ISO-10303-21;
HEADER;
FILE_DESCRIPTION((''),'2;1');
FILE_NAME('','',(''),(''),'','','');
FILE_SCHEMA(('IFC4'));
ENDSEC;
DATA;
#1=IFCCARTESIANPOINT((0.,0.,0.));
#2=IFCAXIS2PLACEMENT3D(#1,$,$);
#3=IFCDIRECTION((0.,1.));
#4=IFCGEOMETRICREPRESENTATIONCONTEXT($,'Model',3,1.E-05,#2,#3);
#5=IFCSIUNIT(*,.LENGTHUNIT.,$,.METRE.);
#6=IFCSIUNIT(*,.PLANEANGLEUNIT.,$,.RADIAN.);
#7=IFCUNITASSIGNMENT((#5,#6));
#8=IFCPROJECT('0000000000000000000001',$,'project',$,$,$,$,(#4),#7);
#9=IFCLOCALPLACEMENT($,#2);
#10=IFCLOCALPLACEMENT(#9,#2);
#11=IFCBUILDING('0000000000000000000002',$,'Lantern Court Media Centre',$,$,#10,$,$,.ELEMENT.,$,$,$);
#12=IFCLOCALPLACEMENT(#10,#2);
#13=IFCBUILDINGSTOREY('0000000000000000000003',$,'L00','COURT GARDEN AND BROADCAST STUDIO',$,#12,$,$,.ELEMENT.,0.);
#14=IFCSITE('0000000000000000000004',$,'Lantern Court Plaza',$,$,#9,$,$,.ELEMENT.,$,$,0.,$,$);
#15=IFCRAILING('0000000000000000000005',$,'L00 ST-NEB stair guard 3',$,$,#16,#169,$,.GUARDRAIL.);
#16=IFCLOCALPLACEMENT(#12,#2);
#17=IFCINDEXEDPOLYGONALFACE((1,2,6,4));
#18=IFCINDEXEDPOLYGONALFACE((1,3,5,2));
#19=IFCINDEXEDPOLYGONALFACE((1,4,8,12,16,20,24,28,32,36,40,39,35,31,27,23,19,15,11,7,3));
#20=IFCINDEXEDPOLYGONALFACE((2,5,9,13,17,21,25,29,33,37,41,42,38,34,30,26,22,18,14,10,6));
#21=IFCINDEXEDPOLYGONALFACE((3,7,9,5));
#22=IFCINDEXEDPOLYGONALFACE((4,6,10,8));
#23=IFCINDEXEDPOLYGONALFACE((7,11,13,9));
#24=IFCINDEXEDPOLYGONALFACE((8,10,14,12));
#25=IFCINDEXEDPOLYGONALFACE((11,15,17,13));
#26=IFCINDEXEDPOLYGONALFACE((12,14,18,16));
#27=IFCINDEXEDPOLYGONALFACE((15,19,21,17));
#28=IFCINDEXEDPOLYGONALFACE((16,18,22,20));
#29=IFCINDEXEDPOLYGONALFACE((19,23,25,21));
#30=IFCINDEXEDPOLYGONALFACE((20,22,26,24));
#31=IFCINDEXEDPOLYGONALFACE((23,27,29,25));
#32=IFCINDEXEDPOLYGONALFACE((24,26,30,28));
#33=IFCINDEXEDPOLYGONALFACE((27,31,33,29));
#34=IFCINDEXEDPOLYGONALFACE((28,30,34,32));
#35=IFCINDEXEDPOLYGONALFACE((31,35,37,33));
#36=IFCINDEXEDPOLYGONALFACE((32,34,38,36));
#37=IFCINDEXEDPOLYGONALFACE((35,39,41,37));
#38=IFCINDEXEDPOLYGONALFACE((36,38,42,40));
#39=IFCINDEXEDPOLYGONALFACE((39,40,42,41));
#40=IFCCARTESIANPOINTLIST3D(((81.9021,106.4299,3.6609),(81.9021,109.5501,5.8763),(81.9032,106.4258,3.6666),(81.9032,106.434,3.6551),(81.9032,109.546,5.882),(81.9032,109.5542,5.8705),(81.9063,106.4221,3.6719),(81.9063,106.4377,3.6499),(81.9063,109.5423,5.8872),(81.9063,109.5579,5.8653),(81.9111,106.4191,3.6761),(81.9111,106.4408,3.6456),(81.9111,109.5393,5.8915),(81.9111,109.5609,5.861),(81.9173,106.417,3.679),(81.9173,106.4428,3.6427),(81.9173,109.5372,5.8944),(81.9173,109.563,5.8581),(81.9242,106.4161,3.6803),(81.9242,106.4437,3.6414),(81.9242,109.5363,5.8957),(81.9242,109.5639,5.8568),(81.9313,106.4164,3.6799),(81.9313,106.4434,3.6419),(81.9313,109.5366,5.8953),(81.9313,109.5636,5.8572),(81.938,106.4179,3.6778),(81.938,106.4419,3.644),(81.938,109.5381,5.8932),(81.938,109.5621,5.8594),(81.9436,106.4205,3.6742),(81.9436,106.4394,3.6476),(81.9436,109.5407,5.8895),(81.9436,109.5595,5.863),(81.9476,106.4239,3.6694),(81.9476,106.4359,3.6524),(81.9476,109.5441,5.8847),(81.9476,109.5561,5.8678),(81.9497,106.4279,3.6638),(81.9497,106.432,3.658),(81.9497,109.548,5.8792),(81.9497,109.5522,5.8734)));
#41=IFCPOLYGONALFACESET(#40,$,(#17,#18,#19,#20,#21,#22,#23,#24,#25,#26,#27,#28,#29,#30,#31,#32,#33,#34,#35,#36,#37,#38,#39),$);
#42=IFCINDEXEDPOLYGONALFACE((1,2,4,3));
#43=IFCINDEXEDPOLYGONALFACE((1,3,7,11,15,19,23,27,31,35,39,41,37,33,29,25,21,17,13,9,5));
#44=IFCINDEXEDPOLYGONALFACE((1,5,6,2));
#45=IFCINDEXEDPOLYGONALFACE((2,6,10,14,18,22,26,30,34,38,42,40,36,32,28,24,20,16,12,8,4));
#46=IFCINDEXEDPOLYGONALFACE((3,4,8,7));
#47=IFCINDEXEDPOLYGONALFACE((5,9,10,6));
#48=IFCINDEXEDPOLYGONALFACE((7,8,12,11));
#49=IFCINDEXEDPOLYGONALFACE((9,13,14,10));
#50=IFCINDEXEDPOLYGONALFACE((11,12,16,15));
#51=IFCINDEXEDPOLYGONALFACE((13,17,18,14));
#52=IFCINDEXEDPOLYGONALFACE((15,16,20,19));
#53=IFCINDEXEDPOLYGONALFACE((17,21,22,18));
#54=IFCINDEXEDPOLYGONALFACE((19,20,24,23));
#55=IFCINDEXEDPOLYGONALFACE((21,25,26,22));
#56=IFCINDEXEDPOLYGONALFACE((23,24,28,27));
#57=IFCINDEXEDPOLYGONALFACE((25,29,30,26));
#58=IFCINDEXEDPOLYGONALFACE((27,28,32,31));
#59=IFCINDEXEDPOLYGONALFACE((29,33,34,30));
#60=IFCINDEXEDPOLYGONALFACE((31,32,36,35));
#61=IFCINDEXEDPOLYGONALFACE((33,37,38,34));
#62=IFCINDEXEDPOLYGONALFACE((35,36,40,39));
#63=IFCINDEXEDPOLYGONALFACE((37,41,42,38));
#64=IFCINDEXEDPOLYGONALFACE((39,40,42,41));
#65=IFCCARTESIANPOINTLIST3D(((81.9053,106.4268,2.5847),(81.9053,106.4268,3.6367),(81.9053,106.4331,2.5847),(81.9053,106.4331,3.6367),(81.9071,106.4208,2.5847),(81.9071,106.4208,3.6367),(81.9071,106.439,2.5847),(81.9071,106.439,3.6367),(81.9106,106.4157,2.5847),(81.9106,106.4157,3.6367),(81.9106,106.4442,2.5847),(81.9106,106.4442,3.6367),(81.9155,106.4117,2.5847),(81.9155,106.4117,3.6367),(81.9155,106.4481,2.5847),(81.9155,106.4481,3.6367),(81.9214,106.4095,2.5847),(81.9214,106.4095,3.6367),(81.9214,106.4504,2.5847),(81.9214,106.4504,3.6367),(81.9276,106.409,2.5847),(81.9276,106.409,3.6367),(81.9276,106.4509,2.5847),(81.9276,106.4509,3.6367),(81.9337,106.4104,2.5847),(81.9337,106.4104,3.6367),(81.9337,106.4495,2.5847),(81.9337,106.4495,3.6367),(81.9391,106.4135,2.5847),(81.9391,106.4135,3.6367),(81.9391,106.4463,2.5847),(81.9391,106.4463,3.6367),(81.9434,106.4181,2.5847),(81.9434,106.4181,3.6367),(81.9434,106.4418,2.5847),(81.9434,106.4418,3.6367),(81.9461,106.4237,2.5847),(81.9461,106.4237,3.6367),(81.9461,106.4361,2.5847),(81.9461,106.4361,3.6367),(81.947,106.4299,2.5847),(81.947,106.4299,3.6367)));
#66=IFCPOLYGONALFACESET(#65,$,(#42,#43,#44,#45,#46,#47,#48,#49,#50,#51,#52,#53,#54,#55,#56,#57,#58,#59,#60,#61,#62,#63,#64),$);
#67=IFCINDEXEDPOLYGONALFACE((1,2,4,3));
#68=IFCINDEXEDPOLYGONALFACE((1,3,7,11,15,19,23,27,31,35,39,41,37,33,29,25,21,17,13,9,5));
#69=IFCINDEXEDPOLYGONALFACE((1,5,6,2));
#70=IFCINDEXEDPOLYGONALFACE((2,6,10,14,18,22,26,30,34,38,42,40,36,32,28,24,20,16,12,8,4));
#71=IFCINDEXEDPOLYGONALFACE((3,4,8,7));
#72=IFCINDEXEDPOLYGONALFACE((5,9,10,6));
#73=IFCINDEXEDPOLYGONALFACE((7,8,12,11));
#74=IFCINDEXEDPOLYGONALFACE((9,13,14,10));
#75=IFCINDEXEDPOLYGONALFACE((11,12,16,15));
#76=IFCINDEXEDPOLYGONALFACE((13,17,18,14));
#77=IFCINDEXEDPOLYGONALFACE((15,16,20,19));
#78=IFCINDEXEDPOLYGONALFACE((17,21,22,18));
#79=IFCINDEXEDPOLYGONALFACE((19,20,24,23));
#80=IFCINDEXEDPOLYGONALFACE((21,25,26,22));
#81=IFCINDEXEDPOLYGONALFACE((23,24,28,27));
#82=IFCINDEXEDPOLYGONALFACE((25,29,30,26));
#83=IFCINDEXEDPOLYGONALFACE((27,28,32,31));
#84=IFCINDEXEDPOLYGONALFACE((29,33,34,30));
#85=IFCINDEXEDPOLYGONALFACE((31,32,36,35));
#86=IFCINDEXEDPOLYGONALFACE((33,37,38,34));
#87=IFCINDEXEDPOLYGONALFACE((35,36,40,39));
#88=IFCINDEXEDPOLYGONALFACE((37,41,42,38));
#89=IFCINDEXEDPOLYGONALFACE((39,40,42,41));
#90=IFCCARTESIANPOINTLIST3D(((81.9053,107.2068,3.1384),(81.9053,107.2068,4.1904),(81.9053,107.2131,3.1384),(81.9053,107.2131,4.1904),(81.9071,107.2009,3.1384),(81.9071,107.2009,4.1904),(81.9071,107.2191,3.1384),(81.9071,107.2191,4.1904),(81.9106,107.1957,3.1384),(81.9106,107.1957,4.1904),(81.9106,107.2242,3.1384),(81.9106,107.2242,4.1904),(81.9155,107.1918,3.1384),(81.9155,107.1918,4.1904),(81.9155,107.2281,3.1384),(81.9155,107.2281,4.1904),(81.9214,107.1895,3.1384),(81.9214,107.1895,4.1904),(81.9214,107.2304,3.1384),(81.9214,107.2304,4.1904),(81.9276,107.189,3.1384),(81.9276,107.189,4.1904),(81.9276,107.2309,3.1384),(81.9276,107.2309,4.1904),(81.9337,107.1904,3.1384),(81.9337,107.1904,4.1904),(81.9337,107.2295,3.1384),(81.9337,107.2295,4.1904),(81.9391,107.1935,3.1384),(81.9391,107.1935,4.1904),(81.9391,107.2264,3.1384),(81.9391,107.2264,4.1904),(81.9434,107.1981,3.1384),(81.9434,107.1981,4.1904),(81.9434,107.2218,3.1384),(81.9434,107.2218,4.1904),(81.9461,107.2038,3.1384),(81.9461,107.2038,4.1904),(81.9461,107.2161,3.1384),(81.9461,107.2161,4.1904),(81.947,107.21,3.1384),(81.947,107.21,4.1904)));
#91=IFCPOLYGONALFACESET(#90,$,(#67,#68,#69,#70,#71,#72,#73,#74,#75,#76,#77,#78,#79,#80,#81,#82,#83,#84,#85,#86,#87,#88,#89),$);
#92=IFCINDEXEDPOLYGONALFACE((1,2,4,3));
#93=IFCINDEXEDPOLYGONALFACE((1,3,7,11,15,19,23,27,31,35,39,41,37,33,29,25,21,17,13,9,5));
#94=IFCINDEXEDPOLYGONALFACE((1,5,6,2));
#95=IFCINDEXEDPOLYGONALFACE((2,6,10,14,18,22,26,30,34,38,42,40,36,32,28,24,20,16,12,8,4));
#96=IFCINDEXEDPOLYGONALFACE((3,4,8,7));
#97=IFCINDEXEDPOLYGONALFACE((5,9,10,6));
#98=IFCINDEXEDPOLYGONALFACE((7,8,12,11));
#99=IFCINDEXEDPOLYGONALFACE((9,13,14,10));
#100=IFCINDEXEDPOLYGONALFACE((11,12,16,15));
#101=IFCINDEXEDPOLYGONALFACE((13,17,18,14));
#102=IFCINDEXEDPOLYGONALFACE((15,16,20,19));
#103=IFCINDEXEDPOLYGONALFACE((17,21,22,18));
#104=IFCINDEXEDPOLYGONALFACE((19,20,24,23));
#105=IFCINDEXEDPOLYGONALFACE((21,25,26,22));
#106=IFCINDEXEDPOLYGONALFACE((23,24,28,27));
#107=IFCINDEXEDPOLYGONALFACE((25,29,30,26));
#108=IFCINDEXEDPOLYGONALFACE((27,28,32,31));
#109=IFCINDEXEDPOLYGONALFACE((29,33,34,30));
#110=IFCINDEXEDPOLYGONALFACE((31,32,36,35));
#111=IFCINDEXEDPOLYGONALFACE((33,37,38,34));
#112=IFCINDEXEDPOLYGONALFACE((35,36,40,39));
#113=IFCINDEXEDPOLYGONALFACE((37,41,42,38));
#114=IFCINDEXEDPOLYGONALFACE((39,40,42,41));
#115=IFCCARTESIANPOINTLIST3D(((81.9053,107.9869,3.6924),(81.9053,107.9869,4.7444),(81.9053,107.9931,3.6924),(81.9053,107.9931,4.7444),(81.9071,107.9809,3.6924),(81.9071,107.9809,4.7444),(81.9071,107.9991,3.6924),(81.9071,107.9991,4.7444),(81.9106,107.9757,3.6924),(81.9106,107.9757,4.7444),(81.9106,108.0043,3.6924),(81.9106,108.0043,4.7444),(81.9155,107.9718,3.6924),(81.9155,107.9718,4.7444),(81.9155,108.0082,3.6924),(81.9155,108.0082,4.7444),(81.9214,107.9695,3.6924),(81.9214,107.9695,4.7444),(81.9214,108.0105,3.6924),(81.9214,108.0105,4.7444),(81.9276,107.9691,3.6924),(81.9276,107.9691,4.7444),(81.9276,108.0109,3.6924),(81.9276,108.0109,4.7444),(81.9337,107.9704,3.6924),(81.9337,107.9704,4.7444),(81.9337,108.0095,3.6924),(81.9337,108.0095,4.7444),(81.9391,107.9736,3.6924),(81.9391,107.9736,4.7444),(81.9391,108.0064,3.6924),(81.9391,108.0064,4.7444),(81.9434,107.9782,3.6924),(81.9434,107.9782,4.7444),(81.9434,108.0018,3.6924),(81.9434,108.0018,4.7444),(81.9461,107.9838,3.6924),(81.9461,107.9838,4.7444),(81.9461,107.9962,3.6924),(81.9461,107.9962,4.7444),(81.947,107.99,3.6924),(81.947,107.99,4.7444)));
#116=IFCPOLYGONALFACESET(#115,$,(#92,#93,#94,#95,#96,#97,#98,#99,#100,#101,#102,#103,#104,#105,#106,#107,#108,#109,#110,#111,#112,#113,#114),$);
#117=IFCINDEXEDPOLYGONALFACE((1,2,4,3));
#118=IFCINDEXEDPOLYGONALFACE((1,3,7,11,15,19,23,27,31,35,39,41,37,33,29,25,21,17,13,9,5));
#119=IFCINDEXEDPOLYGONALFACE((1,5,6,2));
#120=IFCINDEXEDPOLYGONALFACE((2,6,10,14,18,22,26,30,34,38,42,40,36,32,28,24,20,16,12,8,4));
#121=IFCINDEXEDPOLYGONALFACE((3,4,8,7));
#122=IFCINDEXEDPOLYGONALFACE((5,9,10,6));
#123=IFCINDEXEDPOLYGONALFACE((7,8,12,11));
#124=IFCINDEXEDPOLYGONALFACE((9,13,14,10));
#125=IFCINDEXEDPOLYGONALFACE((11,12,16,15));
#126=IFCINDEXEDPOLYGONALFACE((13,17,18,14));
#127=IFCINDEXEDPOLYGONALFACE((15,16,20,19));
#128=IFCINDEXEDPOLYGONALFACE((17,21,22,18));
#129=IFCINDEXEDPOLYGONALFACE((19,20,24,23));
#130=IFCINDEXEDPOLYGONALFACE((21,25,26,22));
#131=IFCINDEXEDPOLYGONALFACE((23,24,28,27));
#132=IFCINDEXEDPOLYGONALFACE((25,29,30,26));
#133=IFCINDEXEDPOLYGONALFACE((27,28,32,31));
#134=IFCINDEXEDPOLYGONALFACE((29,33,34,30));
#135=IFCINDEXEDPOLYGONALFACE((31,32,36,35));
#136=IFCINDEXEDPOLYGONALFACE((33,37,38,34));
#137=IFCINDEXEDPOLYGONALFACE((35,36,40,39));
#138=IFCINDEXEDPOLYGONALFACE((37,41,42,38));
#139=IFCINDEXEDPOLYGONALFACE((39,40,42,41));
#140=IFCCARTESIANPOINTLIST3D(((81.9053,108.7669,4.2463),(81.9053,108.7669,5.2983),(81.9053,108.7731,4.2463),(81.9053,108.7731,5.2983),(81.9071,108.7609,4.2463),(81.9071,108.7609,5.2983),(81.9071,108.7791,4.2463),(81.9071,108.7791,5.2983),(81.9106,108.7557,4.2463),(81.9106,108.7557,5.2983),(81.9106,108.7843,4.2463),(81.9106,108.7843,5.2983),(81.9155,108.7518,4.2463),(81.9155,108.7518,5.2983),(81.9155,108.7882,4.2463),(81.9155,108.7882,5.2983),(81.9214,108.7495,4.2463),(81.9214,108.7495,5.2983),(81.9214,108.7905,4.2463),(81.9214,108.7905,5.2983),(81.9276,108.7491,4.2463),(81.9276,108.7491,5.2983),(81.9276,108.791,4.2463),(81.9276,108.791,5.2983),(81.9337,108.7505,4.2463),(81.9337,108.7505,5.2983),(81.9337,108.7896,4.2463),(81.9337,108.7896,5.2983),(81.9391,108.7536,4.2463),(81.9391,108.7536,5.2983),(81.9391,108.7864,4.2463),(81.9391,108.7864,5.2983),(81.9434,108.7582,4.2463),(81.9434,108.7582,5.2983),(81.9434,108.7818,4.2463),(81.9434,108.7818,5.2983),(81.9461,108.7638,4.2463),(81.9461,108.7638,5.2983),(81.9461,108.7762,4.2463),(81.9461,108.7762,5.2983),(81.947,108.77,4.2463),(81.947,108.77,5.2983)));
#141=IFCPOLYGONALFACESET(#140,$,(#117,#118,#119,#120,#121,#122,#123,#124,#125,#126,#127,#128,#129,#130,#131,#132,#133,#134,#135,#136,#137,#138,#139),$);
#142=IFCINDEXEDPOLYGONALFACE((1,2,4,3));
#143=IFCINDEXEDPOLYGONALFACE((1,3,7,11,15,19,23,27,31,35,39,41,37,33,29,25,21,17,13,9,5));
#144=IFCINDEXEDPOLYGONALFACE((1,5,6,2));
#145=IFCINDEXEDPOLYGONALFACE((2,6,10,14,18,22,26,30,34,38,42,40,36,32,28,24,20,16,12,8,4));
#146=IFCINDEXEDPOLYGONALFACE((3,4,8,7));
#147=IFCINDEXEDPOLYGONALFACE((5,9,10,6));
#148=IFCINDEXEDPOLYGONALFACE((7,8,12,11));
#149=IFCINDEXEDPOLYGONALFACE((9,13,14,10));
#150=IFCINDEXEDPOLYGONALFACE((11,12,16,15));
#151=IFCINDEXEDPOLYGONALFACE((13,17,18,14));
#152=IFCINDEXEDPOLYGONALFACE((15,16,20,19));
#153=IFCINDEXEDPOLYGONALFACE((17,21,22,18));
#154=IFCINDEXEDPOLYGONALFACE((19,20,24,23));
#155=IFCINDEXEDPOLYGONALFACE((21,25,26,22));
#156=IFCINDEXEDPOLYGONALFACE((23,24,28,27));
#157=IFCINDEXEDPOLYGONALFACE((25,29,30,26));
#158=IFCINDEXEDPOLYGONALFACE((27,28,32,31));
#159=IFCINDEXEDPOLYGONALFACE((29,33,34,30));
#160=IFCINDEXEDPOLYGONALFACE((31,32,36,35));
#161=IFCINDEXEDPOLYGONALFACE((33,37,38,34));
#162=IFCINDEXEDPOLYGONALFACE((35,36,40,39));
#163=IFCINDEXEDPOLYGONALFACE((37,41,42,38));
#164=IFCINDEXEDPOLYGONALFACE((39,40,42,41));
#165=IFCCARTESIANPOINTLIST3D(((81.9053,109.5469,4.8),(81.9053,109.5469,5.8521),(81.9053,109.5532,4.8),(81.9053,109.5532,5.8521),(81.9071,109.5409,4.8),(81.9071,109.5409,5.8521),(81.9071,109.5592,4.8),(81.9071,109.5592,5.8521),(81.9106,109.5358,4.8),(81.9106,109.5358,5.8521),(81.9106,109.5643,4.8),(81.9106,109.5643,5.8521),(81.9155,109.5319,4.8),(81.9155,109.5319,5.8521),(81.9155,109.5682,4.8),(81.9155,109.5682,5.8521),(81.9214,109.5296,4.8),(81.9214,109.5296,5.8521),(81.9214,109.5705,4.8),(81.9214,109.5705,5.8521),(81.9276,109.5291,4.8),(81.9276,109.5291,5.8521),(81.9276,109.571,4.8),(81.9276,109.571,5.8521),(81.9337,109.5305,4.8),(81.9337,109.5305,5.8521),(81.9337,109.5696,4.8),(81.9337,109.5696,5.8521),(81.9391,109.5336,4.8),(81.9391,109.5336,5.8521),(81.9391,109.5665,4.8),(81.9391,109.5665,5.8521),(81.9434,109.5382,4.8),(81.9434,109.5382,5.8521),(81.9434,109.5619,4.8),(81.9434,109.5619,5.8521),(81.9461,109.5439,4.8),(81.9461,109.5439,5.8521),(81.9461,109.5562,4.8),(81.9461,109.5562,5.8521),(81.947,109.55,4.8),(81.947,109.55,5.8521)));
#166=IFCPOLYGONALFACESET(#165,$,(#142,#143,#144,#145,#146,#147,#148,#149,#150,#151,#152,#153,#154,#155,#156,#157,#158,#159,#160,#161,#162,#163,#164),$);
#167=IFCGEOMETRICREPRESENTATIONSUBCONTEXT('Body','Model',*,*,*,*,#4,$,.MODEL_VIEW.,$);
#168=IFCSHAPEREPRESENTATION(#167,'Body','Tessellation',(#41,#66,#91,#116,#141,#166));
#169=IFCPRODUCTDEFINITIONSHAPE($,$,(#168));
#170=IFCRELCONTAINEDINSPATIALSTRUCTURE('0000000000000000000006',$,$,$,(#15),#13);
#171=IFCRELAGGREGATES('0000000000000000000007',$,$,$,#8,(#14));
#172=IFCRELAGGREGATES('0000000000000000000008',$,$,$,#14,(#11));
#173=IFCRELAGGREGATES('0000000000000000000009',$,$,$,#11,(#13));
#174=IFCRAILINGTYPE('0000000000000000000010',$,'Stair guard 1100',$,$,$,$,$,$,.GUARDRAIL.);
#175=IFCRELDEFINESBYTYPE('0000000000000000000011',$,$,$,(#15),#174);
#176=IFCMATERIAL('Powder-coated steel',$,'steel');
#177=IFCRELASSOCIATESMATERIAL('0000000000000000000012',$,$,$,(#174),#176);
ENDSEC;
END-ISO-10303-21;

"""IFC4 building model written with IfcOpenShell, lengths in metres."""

from ifc_helpers import new_model, si_unit, direction, frame, origin, origin_2d, place, context, subcontext, project, spatial, circle, extrude, material, type_object, element, save


model = new_model("IFC4")

# Units and contexts
model_context = context("Model", 3, precision=1e-05, world=origin(), true_north=direction((0.0, 1.0)))
body_context = subcontext(model_context, "Body", "Model", "MODEL_VIEW")
ifc_project = project(units=[si_unit("LENGTHUNIT", "METRE"), si_unit("PLANEANGLEUNIT", "RADIAN")], contexts=[model_context])

# Site, building, storey
site_placement = place(None, origin())
site = spatial("IfcSite", under=ifc_project, at=site_placement, Name="Lantern Court Plaza", CompositionType="ELEMENT", RefElevation=0.0)
building_placement = place(site_placement, origin())
building = spatial("IfcBuilding", under=site, at=building_placement, Name="Lantern Court Media Centre", CompositionType="ELEMENT")
storey_placement = place(building_placement, origin())
storey = spatial("IfcBuildingStorey", under=building, at=storey_placement, Name="L00", Description="COURT GARDEN AND BROADCAST STUDIO", CompositionType="ELEMENT", Elevation=0.0)

# Railing
ifc_material_1 = material(Name="Powder-coated steel", Category="steel")
railing_type_1 = type_object("IfcRailingType", Name="Stair guard 1100", PredefinedType="GUARDRAIL", material=ifc_material_1)
railing_1_placement = place(storey_placement, frame((81.926, 106.4299, 2.5847)))
element("IfcRailing", 1, at=railing_1_placement, inside=storey, type_object=railing_type_1, Name="L00 ST-NEB stair guard 3", PredefinedType="GUARDRAIL", context=body_context, shape_type="SweptSolid", body=[
    extrude(circle(Radius=0.0239, at=origin_2d()), frame((0.0, 0.0, 1.0762), z_axis=(0.0, 0.815377, 0.57893), x_axis=(-1.0, 0.0, 0.0)), (0.0, 0.0, 1.0), 3.8267),
    extrude(circle(Radius=0.021, at=origin_2d()), origin(), (0.0, 0.0, 1.0), 1.052),
    extrude(circle(Radius=0.021, at=origin_2d()), frame((0.0, 0.78, 0.5537)), (0.0, 0.0, 1.0), 1.052),
    extrude(circle(Radius=0.021, at=origin_2d()), frame((0.0, 1.5601, 1.1077)), (0.0, 0.0, 1.0), 1.052),
    extrude(circle(Radius=0.021, at=origin_2d()), frame((0.0, 2.3401, 1.6616)), (0.0, 0.0, 1.0), 1.052),
    extrude(circle(Radius=0.021, at=origin_2d()), frame((0.0, 3.1201, 2.2153)), (0.0, 0.0, 1.0), 1.052),
])

save(model, "model.ifc")
